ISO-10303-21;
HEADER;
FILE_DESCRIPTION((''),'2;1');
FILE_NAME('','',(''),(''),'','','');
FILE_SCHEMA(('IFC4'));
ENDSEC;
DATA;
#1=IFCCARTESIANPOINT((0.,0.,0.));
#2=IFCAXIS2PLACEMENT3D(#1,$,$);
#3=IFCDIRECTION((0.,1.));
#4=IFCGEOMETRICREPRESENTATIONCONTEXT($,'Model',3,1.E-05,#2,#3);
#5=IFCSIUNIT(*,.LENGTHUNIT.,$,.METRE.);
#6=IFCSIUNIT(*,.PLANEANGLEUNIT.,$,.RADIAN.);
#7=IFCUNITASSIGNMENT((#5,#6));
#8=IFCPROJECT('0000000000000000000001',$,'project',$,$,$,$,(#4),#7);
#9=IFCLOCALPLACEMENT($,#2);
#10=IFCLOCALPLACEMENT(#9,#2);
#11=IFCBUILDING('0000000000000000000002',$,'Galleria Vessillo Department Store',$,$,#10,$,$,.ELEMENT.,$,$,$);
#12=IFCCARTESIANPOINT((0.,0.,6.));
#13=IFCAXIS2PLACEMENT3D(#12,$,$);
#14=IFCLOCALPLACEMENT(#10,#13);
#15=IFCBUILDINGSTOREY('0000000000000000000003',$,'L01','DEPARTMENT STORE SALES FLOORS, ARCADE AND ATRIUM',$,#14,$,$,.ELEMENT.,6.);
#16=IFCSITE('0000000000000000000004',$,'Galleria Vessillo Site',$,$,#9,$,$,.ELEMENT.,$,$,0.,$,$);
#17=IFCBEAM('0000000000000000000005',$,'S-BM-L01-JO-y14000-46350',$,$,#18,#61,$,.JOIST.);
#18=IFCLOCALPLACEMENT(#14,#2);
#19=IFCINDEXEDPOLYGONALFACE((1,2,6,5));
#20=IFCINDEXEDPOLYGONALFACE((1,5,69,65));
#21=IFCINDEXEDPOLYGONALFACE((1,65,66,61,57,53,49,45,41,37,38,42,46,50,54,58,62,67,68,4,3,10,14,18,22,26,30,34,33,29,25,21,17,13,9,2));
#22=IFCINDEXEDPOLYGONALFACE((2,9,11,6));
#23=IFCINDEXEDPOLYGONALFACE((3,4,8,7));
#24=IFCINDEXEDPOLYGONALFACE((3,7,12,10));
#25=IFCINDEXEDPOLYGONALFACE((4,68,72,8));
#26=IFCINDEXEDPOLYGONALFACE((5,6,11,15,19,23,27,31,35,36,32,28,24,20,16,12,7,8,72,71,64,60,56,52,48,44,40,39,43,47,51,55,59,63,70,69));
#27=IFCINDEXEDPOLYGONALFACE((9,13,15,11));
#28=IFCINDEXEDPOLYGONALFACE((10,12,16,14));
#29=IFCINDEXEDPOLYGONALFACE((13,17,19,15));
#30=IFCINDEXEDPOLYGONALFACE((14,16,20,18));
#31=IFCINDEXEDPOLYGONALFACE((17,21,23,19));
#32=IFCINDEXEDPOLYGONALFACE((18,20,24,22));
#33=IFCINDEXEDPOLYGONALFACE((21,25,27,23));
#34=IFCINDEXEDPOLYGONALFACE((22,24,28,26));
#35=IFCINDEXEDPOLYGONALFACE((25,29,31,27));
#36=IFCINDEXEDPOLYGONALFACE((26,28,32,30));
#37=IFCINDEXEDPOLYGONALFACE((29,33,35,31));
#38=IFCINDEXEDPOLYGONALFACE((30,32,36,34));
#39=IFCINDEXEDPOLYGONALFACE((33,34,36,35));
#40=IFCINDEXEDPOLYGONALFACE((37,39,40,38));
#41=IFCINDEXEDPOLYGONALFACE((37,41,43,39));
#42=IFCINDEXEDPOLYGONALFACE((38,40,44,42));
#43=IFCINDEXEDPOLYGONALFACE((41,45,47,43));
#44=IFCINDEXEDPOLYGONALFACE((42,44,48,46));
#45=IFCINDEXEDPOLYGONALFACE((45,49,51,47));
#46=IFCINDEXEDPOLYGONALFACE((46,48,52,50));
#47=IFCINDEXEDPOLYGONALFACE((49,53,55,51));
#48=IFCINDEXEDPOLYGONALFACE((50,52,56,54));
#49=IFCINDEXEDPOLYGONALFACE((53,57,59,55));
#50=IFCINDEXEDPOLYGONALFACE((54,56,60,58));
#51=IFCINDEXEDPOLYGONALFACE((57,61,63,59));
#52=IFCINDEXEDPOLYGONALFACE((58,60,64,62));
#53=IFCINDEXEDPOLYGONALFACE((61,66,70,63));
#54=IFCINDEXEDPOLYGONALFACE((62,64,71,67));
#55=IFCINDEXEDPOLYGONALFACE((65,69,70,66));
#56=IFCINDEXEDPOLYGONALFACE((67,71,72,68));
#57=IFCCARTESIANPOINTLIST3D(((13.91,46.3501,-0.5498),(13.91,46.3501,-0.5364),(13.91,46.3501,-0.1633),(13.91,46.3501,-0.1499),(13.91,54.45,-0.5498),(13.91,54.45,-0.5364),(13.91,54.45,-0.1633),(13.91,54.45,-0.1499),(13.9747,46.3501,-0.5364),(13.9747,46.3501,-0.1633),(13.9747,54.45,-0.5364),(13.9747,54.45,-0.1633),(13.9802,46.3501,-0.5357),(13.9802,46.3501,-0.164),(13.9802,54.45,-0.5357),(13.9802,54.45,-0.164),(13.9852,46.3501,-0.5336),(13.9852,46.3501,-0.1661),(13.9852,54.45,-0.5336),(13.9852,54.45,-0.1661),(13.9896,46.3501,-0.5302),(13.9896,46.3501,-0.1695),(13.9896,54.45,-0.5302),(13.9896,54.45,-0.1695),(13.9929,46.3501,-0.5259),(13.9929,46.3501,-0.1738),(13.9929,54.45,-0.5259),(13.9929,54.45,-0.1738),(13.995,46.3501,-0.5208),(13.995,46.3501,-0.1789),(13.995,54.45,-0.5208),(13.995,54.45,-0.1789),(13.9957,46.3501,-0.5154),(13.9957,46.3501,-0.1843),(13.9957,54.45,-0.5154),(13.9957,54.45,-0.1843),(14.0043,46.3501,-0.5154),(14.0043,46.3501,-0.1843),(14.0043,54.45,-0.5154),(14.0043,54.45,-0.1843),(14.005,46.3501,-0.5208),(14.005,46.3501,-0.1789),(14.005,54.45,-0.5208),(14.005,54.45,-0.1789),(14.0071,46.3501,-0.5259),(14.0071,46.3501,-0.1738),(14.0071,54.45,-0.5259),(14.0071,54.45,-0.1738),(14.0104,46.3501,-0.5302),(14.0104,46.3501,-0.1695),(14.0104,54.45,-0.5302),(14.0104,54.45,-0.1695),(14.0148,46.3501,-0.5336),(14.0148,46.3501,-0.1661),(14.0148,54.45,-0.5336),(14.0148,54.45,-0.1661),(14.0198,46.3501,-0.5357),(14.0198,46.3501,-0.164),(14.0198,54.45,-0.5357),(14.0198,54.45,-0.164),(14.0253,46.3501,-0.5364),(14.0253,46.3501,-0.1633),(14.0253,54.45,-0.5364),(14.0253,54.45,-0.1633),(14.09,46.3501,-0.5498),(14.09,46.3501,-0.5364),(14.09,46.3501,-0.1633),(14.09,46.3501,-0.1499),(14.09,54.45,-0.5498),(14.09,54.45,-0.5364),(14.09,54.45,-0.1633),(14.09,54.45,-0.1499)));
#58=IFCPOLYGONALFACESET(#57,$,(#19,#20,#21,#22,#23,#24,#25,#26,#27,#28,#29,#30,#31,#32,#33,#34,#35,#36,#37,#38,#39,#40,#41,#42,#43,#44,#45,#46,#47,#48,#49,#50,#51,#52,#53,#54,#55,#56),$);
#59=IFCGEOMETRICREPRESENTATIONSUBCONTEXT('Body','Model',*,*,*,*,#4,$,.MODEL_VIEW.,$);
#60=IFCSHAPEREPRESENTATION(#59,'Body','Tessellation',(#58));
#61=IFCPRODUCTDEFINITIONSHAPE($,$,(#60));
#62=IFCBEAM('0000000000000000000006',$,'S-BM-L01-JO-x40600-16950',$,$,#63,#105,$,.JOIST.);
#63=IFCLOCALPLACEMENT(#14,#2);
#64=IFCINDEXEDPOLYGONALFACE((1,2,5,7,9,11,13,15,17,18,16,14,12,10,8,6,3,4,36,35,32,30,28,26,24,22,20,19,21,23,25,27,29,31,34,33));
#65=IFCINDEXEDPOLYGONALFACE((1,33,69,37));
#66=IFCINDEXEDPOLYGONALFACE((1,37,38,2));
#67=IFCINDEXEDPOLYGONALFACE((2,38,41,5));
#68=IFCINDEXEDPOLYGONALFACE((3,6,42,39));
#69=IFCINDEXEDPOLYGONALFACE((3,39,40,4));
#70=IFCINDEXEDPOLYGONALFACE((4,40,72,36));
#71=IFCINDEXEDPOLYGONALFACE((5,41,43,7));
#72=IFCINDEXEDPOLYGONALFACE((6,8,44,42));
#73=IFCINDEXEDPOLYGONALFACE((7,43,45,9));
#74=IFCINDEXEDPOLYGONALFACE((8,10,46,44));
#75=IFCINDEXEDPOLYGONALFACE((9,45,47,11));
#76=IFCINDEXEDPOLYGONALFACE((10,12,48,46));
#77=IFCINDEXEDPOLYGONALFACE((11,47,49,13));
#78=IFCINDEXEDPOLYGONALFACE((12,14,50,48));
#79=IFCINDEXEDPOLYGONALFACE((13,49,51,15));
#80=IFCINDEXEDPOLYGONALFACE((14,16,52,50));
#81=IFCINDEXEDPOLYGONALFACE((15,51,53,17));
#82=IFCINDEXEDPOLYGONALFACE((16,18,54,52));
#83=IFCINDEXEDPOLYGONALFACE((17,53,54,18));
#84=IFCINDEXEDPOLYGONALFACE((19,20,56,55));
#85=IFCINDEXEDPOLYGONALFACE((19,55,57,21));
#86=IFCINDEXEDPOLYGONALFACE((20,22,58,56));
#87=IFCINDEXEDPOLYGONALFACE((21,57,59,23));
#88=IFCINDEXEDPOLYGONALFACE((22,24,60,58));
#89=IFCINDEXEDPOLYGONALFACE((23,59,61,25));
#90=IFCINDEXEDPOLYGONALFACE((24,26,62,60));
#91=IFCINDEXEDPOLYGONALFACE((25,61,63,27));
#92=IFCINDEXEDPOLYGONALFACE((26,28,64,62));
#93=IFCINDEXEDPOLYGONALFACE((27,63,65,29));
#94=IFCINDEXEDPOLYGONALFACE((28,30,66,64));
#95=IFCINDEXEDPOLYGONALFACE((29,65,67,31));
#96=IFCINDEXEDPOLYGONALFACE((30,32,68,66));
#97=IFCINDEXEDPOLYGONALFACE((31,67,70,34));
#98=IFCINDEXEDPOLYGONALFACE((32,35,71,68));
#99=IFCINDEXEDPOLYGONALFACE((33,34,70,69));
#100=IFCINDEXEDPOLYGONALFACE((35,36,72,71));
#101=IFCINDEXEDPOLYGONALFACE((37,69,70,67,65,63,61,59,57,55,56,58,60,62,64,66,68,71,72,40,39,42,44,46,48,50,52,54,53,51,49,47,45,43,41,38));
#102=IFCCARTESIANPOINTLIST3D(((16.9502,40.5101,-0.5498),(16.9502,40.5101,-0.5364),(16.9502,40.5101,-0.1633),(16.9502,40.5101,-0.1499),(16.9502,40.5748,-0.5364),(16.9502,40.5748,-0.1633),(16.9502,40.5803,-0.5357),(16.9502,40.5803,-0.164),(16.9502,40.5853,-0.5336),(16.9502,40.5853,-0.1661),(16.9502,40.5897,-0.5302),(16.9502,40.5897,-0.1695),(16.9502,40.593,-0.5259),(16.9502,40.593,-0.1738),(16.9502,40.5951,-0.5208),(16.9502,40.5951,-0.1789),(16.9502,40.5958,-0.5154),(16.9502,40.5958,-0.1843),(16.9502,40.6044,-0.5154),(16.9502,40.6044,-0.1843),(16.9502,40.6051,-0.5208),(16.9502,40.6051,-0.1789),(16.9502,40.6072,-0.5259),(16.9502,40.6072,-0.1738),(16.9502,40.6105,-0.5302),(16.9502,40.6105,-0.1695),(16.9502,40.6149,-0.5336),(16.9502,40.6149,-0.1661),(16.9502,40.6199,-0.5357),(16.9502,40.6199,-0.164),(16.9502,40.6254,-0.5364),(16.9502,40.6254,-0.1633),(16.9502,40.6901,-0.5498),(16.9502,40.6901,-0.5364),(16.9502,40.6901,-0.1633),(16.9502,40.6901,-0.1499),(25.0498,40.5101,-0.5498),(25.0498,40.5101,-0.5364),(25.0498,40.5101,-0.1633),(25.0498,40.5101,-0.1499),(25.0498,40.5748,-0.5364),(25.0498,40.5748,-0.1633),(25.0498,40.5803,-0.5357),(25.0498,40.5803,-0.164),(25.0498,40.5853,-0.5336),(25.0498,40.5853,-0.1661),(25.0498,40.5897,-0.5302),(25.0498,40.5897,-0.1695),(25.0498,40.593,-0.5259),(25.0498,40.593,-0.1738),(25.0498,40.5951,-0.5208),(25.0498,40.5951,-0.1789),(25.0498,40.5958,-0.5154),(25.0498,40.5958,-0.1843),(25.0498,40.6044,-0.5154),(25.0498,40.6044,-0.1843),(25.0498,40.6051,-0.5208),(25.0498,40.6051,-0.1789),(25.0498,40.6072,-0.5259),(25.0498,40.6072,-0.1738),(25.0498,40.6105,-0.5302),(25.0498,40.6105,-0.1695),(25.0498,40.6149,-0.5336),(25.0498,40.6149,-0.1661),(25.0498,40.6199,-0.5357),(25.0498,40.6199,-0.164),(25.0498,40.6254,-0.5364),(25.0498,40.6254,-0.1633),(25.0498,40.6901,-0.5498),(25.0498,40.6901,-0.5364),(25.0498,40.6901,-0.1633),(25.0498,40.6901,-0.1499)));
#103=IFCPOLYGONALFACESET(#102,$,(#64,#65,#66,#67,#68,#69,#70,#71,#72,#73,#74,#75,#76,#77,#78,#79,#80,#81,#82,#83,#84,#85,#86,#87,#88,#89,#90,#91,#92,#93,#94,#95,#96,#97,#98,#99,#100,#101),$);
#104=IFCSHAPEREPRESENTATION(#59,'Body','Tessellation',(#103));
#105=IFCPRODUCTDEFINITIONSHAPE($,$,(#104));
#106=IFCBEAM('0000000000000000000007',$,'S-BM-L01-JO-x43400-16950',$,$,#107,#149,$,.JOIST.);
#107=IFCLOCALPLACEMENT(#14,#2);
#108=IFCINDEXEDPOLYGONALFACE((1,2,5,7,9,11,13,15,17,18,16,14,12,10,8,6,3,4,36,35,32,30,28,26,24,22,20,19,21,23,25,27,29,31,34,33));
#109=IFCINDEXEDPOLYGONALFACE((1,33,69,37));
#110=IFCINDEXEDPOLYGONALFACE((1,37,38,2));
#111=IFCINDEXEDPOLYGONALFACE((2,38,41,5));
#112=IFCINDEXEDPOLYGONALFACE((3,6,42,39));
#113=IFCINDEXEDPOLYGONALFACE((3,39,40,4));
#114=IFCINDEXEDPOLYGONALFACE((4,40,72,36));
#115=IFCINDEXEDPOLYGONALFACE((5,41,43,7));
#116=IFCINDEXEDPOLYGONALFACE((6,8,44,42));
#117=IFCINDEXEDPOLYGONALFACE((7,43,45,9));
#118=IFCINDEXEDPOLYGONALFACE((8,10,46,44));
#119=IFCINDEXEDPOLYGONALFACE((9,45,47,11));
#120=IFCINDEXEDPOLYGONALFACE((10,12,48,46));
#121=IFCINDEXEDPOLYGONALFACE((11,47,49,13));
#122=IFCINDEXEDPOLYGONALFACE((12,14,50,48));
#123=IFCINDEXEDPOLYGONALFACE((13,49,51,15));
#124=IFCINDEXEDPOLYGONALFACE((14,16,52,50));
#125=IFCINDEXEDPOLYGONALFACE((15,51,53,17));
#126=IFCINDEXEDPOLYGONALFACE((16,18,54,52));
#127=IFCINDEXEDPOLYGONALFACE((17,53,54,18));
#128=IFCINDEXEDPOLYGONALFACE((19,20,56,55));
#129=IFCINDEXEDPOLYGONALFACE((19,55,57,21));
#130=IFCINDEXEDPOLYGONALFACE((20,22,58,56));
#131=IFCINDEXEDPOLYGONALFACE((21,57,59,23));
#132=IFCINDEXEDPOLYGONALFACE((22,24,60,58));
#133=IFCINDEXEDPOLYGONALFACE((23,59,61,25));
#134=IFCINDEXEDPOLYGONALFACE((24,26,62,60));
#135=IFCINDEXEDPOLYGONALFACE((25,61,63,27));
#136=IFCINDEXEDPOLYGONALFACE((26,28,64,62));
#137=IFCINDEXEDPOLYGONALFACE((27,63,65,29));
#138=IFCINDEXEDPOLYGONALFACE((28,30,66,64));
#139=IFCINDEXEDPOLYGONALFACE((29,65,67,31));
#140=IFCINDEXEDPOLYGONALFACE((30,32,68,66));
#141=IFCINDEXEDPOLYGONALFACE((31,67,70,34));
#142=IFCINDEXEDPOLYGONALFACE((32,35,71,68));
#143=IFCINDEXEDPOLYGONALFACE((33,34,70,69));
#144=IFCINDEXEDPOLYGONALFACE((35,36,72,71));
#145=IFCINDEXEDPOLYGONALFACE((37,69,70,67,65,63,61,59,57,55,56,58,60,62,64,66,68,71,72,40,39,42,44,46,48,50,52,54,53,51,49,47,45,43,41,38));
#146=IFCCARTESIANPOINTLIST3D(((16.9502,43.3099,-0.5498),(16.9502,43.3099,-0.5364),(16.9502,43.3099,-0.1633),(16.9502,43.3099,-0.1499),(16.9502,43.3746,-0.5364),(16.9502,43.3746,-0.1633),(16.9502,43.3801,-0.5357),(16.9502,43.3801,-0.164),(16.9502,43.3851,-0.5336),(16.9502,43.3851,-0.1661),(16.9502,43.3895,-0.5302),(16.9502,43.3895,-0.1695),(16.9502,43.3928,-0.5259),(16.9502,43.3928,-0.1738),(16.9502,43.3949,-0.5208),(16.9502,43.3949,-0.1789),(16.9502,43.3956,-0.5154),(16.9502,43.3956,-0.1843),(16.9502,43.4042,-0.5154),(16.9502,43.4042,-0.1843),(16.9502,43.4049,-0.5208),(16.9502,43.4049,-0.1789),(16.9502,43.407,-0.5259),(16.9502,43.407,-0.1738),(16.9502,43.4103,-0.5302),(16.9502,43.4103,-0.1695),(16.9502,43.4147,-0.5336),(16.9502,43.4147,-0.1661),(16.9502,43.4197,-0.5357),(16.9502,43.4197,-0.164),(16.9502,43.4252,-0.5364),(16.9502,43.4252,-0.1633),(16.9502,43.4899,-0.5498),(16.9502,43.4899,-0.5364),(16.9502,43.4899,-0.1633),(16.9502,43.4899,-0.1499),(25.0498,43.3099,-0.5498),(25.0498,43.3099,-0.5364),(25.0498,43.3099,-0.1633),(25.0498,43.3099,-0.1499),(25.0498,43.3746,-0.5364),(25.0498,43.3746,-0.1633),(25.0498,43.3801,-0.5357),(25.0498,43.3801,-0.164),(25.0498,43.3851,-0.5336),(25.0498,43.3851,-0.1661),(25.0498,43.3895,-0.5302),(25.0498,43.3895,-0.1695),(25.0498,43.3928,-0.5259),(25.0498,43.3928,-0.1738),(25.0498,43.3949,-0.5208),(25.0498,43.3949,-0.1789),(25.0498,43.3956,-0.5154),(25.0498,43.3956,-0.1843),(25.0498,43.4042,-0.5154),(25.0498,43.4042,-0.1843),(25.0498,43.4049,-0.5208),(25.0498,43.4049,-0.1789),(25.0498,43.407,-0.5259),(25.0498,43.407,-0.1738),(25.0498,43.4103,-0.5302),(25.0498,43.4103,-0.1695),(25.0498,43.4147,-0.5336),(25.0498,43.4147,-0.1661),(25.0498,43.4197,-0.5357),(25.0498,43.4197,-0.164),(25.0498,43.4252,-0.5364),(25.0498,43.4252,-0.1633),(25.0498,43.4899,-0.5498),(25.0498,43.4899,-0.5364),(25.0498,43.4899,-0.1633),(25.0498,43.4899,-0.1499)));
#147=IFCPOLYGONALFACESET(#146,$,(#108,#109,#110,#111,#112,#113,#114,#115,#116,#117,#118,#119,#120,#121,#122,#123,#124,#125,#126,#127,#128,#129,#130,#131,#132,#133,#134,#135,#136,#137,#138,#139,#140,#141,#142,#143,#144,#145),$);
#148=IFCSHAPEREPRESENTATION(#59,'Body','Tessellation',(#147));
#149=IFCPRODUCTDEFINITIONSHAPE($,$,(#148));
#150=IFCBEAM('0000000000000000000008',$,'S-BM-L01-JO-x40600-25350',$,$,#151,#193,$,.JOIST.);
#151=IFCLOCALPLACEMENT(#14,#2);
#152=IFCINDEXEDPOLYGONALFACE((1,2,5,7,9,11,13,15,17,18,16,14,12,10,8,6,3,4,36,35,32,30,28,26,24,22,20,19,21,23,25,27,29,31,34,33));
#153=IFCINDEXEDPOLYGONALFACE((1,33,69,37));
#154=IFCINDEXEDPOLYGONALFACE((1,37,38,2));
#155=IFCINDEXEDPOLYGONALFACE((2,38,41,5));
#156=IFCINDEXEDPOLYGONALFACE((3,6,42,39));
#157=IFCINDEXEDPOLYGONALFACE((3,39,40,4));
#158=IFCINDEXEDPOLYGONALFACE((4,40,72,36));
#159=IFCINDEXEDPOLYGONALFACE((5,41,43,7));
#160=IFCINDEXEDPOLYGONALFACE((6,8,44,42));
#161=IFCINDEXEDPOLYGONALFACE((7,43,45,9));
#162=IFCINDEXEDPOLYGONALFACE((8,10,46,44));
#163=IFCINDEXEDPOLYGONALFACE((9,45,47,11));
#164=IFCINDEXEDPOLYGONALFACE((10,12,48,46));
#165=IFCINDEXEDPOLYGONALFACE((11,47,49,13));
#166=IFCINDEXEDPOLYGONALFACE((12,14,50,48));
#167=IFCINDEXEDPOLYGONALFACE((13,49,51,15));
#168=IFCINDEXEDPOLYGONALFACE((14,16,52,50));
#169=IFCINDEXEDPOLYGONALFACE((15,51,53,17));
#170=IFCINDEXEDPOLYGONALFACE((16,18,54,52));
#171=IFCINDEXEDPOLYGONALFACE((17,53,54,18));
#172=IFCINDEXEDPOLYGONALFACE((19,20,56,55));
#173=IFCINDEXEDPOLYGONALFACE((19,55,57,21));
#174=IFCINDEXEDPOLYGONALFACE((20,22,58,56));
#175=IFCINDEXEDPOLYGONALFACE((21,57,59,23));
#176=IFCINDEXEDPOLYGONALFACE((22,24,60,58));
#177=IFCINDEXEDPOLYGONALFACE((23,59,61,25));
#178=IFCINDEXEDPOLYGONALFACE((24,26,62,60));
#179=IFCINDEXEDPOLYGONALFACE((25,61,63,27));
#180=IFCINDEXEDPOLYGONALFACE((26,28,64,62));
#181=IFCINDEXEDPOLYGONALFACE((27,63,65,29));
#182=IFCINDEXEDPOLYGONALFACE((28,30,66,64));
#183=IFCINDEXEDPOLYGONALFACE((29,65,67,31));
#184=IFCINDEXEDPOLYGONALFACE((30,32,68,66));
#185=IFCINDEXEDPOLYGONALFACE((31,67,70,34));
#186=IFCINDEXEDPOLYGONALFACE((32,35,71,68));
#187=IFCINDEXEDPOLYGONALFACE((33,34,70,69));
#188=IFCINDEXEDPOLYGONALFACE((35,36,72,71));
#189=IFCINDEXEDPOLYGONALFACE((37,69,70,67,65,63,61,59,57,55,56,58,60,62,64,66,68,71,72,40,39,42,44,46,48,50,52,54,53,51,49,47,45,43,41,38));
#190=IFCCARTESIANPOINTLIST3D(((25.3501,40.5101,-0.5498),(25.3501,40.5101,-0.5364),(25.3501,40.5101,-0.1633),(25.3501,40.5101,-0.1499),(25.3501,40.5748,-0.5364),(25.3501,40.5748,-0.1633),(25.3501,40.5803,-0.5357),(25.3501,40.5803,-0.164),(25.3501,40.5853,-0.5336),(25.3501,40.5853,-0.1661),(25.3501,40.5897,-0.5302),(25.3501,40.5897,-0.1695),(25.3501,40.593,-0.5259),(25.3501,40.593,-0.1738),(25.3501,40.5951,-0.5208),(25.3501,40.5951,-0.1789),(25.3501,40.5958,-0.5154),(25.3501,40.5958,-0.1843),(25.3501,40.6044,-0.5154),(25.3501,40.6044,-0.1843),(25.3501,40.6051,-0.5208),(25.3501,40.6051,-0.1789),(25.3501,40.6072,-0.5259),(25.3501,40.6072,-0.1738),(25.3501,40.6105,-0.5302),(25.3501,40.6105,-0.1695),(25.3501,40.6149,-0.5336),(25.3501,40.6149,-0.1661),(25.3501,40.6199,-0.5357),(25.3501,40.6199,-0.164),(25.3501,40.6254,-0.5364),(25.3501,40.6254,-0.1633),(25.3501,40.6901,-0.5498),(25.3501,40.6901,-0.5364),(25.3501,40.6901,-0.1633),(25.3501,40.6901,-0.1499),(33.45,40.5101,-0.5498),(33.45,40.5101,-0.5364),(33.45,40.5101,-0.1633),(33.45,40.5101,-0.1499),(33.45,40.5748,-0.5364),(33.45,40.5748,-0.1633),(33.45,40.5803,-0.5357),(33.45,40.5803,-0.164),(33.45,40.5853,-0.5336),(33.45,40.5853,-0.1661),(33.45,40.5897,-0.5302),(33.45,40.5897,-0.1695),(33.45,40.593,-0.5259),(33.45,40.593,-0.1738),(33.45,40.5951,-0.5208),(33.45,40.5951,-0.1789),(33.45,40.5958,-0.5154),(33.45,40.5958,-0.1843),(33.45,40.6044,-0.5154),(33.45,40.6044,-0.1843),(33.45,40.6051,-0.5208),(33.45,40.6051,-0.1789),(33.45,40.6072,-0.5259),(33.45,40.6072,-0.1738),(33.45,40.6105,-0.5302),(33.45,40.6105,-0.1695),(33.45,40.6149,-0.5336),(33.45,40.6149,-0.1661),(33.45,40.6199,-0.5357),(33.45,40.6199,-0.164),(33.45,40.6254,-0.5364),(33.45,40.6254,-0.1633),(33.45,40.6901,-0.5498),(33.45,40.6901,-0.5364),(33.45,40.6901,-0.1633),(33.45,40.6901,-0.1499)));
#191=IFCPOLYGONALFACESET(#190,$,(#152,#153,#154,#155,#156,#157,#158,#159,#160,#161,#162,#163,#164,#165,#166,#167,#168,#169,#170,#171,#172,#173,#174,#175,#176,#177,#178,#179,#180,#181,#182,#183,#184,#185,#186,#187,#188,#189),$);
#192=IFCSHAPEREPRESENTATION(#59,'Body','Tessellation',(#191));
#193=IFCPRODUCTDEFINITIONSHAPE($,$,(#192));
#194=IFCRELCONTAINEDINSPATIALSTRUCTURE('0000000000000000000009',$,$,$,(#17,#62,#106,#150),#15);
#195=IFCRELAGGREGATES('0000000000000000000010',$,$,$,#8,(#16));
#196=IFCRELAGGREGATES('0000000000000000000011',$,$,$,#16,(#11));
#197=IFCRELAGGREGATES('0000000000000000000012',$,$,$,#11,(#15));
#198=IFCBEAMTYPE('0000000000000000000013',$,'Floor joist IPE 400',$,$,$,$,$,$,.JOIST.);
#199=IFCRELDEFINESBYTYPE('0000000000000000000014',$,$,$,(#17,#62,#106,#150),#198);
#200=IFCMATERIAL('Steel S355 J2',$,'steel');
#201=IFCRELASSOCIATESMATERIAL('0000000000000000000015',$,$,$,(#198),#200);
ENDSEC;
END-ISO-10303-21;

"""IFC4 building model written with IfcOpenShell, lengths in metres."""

from ifc_helpers import new_model, si_unit, direction, frame, origin, origin_2d, place, context, subcontext, project, spatial, i_section, extrude, material, material_profile, profile_set, type_object, element, save


model = new_model("IFC4")

# Units and contexts
model_context = context("Model", 3, precision=1e-05, world=origin(), true_north=direction((0.0, 1.0)))
body_context = subcontext(model_context, "Body", "Model", "MODEL_VIEW")
ifc_project = project(units=[si_unit("LENGTHUNIT", "METRE"), si_unit("PLANEANGLEUNIT", "RADIAN")], contexts=[model_context])

# Site, building, storey
site_placement = place(None, origin())
site = spatial("IfcSite", under=ifc_project, at=site_placement, Name="Galleria Vessillo Site", CompositionType="ELEMENT", RefElevation=0.0)
building_placement = place(site_placement, origin())
building = spatial("IfcBuilding", under=site, at=building_placement, Name="Galleria Vessillo Department Store", CompositionType="ELEMENT")
storey_placement = place(building_placement, frame((0.0, 0.0, 6.0)))
storey = spatial("IfcBuildingStorey", under=building, at=storey_placement, Name="L01", Description="DEPARTMENT STORE SALES FLOORS, ARCADE AND ATRIUM", CompositionType="ELEMENT", Elevation=6.0)

# Beams
ifc_material_1 = material(Name="Steel S355 J2", Category="steel")
ifc_material_profile_1 = material_profile(ifc_material_1, i_section(OverallWidth=0.1799, OverallDepth=0.3999, WebThickness=0.0085, FlangeThickness=0.0134, FilletRadius=0.021, at=origin_2d()), Name="IPE 400")
ifc_profile_set_1 = profile_set([ifc_material_profile_1], Name="Steel S355 J2")
beam_type_1 = type_object("IfcBeamType", Name="Floor joist IPE 400", PredefinedType="JOIST", material=ifc_profile_set_1)
beam_1_placement = place(storey_placement, frame((14.0, 46.3501, -0.3499), z_axis=(0.0, 1.0, 0.0), x_axis=(-1.0, 0.0, 0.0)))
element("IfcBeam", 1, at=beam_1_placement, inside=storey, type_object=beam_type_1, Name="S-BM-L01-JO-y14000-46350", PredefinedType="JOIST", context=body_context, shape_type="SweptSolid", body=[
    extrude(i_section(OverallWidth=0.1799, OverallDepth=0.3999, WebThickness=0.0085, FlangeThickness=0.0134, FilletRadius=0.021, at=origin_2d()), origin(), (0.0, 0.0, 1.0), 8.0999),
])
for number, where, z_axis, x_axis, name in (
    (2, (16.9502, 40.6001, -0.3499), (1.0, 0.0, 0.0), (0.0, 1.0, 0.0), "S-BM-L01-JO-x40600-16950"),
    (3, (16.9502, 43.3999, -0.3499), (1.0, 0.0, 0.0), (0.0, 1.0, 0.0), "S-BM-L01-JO-x43400-16950"),
):
    element("IfcBeam", number, at=place(storey_placement, frame(where, z_axis=z_axis, x_axis=x_axis)), inside=storey, type_object=beam_type_1, Name=name, PredefinedType="JOIST", context=body_context, shape_type="SweptSolid", body=[
        extrude(i_section(OverallWidth=0.1799, OverallDepth=0.3999, WebThickness=0.0085, FlangeThickness=0.0134, FilletRadius=0.021, at=origin_2d()), origin(), (0.0, 0.0, 1.0), 8.0996),
    ])
for number, where, z_axis, x_axis, name in (
    (4, (25.3501, 40.6001, -0.3499), (1.0, 0.0, 0.0), (0.0, 1.0, 0.0), "S-BM-L01-JO-x40600-25350"),
):
    element("IfcBeam", number, at=place(storey_placement, frame(where, z_axis=z_axis, x_axis=x_axis)), inside=storey, type_object=beam_type_1, Name=name, PredefinedType="JOIST", context=body_context, shape_type="SweptSolid", body=[
        extrude(i_section(OverallWidth=0.1799, OverallDepth=0.3999, WebThickness=0.0085, FlangeThickness=0.0134, FilletRadius=0.021, at=origin_2d()), origin(), (0.0, 0.0, 1.0), 8.0999),
    ])

save(model, "model.ifc")
